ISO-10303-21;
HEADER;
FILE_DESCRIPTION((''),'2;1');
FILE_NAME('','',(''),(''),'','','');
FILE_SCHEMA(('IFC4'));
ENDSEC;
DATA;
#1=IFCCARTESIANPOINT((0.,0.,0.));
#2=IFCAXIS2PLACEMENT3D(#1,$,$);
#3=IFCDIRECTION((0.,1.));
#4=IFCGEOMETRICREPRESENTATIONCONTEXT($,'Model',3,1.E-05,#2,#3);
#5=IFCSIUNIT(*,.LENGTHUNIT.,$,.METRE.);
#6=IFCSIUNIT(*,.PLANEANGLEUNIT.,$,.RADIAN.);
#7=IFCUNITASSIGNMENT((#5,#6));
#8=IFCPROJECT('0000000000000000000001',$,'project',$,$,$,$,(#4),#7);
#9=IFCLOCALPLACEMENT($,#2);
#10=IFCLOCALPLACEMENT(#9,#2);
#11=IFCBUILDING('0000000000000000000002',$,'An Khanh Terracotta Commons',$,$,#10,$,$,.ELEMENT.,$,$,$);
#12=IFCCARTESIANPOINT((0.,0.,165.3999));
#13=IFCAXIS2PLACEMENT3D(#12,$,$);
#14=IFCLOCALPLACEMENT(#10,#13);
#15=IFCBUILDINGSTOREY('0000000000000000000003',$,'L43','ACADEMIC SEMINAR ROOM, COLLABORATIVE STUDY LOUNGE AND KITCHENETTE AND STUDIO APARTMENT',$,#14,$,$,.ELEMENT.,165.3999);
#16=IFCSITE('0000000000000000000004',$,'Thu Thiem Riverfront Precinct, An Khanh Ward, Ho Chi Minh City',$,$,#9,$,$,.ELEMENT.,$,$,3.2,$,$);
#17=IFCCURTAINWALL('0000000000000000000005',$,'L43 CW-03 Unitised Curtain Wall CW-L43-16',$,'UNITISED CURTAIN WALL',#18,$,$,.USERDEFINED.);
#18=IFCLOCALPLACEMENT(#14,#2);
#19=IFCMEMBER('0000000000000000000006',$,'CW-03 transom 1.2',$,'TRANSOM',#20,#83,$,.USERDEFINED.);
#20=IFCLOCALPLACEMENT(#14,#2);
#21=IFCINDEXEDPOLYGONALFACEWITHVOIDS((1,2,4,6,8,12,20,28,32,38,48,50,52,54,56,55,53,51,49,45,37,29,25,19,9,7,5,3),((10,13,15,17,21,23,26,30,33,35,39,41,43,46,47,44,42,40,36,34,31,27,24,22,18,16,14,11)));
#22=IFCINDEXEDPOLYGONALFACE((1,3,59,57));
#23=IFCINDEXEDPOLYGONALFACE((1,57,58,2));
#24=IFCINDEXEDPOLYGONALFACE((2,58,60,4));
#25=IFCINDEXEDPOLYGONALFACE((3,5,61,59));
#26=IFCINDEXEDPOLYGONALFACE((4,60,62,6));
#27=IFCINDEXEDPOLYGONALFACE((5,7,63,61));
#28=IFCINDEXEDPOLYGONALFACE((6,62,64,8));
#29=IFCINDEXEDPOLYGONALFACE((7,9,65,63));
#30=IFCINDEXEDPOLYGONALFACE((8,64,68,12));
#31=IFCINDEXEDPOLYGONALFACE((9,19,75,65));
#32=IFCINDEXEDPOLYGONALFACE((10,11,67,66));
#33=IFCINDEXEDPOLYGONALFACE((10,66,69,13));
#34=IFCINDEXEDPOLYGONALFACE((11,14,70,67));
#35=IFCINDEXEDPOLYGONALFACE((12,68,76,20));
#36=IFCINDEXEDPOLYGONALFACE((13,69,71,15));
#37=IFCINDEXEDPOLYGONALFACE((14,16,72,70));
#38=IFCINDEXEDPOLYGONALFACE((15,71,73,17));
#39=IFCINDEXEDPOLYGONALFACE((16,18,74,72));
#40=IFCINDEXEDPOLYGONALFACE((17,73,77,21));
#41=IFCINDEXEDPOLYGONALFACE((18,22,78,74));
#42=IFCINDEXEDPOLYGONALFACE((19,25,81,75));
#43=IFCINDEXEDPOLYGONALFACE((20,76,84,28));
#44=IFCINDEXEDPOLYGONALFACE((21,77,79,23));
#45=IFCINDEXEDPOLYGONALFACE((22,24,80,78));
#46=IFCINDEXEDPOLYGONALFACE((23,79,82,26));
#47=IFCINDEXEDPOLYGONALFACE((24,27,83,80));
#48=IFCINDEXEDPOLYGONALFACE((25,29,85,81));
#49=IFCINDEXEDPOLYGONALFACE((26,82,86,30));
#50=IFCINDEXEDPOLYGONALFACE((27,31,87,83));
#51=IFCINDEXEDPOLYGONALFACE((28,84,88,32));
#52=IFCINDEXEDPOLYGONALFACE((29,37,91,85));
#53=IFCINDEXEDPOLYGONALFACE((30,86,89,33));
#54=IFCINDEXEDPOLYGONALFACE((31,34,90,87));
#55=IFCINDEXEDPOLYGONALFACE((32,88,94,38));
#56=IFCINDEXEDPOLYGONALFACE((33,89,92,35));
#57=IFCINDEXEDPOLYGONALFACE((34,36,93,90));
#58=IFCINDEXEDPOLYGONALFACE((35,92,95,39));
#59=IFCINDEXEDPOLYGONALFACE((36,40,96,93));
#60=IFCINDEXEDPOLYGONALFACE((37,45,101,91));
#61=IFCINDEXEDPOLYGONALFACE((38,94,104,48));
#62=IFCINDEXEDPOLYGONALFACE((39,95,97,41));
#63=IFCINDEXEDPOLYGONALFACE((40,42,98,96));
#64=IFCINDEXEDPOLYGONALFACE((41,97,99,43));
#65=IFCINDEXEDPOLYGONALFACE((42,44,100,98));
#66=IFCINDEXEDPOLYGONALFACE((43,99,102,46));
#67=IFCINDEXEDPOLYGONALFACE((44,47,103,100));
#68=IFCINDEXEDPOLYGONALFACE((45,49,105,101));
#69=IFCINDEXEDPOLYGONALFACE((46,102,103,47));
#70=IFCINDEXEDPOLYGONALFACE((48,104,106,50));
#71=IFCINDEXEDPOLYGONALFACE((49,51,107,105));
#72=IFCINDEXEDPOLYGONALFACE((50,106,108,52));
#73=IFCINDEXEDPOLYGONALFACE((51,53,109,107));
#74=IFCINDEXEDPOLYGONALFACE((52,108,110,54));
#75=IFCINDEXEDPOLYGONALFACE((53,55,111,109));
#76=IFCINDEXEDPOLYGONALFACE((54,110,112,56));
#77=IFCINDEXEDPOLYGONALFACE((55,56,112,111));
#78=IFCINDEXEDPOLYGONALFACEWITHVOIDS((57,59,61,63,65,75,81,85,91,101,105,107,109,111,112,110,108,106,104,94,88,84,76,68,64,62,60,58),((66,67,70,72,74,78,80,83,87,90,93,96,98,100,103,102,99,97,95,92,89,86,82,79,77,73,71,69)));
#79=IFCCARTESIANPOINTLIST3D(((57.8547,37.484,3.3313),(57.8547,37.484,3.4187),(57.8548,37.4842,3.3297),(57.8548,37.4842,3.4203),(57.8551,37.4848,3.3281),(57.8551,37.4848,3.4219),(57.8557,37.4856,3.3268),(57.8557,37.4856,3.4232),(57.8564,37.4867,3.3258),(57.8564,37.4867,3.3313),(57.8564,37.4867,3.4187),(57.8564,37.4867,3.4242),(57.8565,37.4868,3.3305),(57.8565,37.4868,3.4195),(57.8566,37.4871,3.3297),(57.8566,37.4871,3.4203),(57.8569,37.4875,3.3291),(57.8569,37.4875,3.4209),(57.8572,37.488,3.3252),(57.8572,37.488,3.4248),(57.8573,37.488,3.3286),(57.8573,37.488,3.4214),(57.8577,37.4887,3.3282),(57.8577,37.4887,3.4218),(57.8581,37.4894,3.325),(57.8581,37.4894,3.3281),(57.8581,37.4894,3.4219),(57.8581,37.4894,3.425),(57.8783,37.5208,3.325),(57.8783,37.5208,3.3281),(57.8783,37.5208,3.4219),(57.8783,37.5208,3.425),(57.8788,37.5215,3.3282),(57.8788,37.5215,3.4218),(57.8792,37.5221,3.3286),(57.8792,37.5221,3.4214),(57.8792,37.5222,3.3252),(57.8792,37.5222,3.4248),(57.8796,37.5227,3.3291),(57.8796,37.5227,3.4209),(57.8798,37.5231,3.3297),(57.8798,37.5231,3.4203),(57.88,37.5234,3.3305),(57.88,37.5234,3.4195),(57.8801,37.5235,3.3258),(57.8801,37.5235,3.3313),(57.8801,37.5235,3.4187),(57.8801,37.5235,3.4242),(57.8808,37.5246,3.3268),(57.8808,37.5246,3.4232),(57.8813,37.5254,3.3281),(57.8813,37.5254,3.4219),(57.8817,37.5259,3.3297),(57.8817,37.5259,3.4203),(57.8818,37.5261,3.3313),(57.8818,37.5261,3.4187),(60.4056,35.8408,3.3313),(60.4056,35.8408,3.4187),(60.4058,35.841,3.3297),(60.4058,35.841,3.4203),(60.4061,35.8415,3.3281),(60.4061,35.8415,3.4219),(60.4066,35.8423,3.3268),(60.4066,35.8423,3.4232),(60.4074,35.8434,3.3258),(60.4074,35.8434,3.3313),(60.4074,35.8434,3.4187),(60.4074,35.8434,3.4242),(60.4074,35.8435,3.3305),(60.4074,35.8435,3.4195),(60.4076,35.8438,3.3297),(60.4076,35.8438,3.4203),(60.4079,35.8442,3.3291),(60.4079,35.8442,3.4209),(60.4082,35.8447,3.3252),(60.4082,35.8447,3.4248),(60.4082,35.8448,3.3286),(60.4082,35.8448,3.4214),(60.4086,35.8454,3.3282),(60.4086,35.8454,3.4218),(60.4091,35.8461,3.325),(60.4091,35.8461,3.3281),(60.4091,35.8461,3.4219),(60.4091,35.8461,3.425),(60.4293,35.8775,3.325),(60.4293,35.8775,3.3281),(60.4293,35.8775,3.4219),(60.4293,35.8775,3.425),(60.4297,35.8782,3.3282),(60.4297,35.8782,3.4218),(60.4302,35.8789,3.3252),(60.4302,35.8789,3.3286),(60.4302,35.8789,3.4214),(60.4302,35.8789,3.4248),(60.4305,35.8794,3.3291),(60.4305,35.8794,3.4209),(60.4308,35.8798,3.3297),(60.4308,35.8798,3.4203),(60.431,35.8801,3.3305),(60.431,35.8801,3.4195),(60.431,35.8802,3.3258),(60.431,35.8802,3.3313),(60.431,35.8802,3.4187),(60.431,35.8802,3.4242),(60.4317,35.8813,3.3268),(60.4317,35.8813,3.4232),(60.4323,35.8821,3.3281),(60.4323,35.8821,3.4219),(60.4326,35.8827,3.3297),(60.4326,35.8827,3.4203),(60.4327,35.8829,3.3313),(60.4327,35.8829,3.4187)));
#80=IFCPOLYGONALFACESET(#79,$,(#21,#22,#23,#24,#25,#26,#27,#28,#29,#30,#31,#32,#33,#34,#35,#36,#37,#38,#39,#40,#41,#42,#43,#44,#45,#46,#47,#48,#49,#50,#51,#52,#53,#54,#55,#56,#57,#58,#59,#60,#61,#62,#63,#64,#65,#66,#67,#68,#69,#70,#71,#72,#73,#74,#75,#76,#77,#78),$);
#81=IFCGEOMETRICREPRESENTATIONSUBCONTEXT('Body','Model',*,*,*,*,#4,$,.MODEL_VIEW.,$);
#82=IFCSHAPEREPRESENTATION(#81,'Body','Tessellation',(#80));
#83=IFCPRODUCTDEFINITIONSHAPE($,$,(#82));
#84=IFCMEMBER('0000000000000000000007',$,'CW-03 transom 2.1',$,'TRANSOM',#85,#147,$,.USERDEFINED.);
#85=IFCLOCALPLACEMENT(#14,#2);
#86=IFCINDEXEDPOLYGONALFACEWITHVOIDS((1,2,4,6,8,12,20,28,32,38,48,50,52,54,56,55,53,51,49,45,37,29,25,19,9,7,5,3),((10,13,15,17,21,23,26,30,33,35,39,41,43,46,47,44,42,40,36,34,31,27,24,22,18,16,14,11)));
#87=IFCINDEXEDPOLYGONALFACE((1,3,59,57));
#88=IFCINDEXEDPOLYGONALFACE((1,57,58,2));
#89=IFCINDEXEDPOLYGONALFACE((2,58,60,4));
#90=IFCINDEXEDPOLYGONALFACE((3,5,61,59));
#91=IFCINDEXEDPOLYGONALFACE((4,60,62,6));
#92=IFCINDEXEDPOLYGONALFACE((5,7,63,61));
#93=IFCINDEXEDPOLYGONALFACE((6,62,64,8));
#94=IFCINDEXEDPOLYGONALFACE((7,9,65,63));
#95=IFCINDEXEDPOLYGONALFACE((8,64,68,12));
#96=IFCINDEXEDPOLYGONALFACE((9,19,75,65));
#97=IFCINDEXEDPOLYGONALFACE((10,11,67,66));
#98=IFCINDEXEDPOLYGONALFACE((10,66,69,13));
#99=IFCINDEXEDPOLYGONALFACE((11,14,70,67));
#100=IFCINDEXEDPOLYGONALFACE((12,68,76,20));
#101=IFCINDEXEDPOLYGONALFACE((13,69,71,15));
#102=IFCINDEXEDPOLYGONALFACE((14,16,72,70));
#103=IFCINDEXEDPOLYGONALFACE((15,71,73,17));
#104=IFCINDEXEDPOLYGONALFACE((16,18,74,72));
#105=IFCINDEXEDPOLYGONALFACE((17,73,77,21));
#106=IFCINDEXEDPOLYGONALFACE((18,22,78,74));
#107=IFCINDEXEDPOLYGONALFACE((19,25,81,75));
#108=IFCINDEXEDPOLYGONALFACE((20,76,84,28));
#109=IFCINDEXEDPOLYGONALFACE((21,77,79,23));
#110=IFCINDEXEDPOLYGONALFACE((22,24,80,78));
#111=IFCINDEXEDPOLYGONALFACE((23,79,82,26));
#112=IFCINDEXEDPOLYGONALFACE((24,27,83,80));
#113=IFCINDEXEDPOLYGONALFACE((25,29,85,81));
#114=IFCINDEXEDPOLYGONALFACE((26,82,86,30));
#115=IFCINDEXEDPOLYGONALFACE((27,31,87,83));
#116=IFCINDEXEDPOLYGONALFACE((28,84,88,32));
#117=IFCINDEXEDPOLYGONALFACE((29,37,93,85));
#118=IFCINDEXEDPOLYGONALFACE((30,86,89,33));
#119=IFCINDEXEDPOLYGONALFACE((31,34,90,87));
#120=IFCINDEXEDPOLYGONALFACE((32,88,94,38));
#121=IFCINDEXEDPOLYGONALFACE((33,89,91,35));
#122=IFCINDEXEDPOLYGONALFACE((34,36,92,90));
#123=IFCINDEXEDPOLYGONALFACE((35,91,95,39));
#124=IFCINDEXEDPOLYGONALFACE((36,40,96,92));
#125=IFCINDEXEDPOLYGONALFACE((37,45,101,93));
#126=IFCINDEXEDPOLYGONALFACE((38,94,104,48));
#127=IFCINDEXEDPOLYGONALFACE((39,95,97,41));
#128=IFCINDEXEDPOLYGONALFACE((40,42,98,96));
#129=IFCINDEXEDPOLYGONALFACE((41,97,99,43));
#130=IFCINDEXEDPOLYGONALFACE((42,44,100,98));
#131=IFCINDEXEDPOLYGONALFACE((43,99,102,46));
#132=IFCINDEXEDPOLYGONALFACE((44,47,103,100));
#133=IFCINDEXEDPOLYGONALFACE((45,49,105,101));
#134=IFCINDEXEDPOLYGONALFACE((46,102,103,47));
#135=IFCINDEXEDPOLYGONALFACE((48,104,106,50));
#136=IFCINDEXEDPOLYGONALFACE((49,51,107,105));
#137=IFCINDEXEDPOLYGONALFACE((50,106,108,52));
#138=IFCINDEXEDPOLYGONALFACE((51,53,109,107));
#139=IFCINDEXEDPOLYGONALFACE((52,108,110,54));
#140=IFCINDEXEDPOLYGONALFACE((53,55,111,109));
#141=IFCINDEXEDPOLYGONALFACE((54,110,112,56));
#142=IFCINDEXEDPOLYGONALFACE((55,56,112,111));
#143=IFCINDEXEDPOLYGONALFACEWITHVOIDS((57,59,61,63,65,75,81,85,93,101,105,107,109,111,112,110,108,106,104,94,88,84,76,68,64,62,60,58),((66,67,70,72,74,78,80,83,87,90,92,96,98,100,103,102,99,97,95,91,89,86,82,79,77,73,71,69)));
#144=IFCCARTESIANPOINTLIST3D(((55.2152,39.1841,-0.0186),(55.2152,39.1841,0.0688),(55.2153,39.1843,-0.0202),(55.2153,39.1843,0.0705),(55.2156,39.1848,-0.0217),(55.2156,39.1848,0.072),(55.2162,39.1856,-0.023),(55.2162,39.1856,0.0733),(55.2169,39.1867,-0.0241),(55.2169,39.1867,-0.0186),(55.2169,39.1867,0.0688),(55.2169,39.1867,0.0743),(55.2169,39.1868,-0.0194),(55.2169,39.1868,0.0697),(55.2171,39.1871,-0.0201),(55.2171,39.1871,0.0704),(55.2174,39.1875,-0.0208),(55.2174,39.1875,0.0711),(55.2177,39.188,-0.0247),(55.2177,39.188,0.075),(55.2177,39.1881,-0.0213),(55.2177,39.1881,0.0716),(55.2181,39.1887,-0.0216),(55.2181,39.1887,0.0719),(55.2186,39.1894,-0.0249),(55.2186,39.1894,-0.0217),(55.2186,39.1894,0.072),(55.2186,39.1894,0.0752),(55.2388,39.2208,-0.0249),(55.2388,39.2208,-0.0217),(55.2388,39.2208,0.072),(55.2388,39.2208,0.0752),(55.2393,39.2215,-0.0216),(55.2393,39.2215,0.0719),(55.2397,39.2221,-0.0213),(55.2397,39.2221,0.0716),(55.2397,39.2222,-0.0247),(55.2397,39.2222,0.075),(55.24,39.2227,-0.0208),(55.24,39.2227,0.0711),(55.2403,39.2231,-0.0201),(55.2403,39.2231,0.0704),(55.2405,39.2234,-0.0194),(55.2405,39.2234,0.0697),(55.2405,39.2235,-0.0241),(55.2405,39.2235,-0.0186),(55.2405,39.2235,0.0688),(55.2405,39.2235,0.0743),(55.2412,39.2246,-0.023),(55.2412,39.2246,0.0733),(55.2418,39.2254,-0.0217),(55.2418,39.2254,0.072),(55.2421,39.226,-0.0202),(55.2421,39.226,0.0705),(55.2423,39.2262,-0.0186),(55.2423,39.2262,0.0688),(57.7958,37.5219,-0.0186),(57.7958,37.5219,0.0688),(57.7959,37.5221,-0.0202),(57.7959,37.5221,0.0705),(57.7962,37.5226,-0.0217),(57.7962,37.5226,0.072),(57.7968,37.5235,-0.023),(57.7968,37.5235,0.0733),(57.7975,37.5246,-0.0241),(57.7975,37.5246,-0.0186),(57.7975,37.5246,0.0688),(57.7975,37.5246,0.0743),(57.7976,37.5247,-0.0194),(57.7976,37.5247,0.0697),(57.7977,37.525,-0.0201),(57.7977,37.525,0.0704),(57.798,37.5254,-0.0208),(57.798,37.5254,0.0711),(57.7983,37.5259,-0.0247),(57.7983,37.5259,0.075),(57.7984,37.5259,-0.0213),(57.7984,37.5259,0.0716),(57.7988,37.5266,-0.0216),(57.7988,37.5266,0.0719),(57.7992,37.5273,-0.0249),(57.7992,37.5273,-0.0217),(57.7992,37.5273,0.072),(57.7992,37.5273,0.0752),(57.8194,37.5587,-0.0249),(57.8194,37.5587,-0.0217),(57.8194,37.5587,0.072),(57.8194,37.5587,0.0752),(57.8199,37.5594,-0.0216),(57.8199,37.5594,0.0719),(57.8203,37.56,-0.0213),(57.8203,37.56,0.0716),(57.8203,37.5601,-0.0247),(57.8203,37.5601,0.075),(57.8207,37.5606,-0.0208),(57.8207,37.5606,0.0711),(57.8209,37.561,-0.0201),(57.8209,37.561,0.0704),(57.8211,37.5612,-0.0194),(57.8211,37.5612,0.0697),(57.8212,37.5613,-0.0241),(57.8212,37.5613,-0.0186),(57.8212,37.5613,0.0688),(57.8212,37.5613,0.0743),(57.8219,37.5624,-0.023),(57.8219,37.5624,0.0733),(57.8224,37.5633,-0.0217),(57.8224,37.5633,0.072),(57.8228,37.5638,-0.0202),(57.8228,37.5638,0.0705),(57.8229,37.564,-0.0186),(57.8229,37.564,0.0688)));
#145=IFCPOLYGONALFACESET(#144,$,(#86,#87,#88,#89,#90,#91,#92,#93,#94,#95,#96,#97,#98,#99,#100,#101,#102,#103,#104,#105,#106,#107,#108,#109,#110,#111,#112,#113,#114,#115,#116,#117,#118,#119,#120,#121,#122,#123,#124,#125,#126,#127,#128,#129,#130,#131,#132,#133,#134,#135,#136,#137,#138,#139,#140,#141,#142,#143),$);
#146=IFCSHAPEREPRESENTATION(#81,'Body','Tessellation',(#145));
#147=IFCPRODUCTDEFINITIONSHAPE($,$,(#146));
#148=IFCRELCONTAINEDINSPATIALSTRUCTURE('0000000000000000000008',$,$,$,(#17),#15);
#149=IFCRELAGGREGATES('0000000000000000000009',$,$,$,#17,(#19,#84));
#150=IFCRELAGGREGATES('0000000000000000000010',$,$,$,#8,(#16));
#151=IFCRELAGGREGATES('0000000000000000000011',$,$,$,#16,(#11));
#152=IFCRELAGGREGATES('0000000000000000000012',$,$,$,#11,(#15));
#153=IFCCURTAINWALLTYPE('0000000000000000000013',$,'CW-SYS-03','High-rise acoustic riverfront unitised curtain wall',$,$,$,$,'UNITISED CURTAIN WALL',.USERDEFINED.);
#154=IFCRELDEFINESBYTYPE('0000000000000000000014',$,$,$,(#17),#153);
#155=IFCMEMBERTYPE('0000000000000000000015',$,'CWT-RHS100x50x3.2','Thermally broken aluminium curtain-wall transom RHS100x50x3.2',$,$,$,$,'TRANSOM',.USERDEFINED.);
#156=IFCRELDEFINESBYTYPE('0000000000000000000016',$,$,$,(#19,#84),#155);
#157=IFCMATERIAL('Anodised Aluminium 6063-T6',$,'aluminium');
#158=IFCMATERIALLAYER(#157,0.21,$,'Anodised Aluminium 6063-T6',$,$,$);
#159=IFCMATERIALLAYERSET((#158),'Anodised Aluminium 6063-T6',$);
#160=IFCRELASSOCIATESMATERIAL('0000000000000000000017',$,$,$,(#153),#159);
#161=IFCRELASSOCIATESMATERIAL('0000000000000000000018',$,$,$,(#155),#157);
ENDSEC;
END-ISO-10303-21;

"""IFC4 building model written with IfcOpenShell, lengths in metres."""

from ifc_helpers import new_model, si_unit, direction, frame, origin, origin_2d, place, context, subcontext, project, spatial, hollow_rectangle, extrude, material, layer, layer_set, material_profile, profile_set, type_object, element, aggregate, save


model = new_model("IFC4")

# Units and contexts
model_context = context("Model", 3, precision=1e-05, world=origin(), true_north=direction((0.0, 1.0)))
body_context = subcontext(model_context, "Body", "Model", "MODEL_VIEW")
ifc_project = project(units=[si_unit("LENGTHUNIT", "METRE"), si_unit("PLANEANGLEUNIT", "RADIAN")], contexts=[model_context])

# Site, building, storey
site_placement = place(None, origin())
site = spatial("IfcSite", under=ifc_project, at=site_placement, Name="Thu Thiem Riverfront Precinct, An Khanh Ward, Ho Chi Minh City", CompositionType="ELEMENT", RefElevation=3.2)
building_placement = place(site_placement, origin())
building = spatial("IfcBuilding", under=site, at=building_placement, Name="An Khanh Terracotta Commons", CompositionType="ELEMENT")
storey_placement = place(building_placement, frame((0.0, 0.0, 165.3999)))
storey = spatial("IfcBuildingStorey", under=building, at=storey_placement, Name="L43", Description="ACADEMIC SEMINAR ROOM, COLLABORATIVE STUDY LOUNGE AND KITCHENETTE AND STUDIO APARTMENT", CompositionType="ELEMENT", Elevation=165.3999)

# Curtain wall
ifc_material_1 = material(Name="Anodised Aluminium 6063-T6", Category="aluminium")
ifc_layer_1 = layer(ifc_material_1, 0.21, Name="Anodised Aluminium 6063-T6")
ifc_layer_set_1 = layer_set([ifc_layer_1], Name="Anodised Aluminium 6063-T6")
curtain_wall_type = type_object("IfcCurtainWallType", Name="CW-SYS-03", Description="High-rise acoustic riverfront unitised curtain wall", ElementType="UNITISED CURTAIN WALL", PredefinedType="USERDEFINED", material=ifc_layer_set_1)
curtain_wall_1_placement = place(storey_placement, origin())
curtain_wall_1 = element("IfcCurtainWall", 1, at=curtain_wall_1_placement, inside=storey, type_object=curtain_wall_type, Name="L43 CW-03 Unitised Curtain Wall CW-L43-16", ObjectType="UNITISED CURTAIN WALL", PredefinedType="USERDEFINED")

# Members
ifc_material_profile_1 = material_profile(ifc_material_1, hollow_rectangle(XDim=0.05, YDim=0.1001, WallThickness=0.0032, InnerFilletRadius=0.0032, OuterFilletRadius=0.0063, at=origin_2d()), Name="RHS100x50x3.2")
ifc_profile_set_1 = profile_set([ifc_material_profile_1], Name="Anodised Aluminium 6063-T6")
member_type_1 = type_object("IfcMemberType", Name="CWT-RHS100x50x3.2", Description="Thermally broken aluminium curtain-wall transom RHS100x50x3.2", ElementType="TRANSOM", PredefinedType="USERDEFINED", material=ifc_profile_set_1)
member_1_placement = place(storey_placement, frame((60.4192, 35.8618, 3.375), z_axis=(-0.840674, 0.541542, 0.0), x_axis=(-0.541542, -0.840674, 0.0)))
member_1 = element("IfcMember", 2, at=member_1_placement, type_object=member_type_1, Name="CW-03 transom 1.2", ObjectType="TRANSOM", PredefinedType="USERDEFINED", context=body_context, shape_type="SweptSolid", body=[
    extrude(hollow_rectangle(XDim=0.05, YDim=0.1001, WallThickness=0.0032, InnerFilletRadius=0.0032, OuterFilletRadius=0.0063, at=origin_2d()), origin(), (0.0, 0.0, 1.0), 3.0344),
])
member_2_placement = place(storey_placement, frame((57.8093, 37.543, 0.0251), z_axis=(-0.840708, 0.541489, 0.0), x_axis=(-0.541489, -0.840708, 0.0)))
member_2 = element("IfcMember", 3, at=member_2_placement, type_object=member_type_1, Name="CW-03 transom 2.1", ObjectType="TRANSOM", PredefinedType="USERDEFINED", context=body_context, shape_type="SweptSolid", body=[
    extrude(hollow_rectangle(XDim=0.05, YDim=0.1001, WallThickness=0.0032, InnerFilletRadius=0.0032, OuterFilletRadius=0.0063, at=origin_2d()), origin(), (0.0, 0.0, 1.0), 3.0696),
])

aggregate(curtain_wall_1, [member_1, member_2])

save(model, "model.ifc")
